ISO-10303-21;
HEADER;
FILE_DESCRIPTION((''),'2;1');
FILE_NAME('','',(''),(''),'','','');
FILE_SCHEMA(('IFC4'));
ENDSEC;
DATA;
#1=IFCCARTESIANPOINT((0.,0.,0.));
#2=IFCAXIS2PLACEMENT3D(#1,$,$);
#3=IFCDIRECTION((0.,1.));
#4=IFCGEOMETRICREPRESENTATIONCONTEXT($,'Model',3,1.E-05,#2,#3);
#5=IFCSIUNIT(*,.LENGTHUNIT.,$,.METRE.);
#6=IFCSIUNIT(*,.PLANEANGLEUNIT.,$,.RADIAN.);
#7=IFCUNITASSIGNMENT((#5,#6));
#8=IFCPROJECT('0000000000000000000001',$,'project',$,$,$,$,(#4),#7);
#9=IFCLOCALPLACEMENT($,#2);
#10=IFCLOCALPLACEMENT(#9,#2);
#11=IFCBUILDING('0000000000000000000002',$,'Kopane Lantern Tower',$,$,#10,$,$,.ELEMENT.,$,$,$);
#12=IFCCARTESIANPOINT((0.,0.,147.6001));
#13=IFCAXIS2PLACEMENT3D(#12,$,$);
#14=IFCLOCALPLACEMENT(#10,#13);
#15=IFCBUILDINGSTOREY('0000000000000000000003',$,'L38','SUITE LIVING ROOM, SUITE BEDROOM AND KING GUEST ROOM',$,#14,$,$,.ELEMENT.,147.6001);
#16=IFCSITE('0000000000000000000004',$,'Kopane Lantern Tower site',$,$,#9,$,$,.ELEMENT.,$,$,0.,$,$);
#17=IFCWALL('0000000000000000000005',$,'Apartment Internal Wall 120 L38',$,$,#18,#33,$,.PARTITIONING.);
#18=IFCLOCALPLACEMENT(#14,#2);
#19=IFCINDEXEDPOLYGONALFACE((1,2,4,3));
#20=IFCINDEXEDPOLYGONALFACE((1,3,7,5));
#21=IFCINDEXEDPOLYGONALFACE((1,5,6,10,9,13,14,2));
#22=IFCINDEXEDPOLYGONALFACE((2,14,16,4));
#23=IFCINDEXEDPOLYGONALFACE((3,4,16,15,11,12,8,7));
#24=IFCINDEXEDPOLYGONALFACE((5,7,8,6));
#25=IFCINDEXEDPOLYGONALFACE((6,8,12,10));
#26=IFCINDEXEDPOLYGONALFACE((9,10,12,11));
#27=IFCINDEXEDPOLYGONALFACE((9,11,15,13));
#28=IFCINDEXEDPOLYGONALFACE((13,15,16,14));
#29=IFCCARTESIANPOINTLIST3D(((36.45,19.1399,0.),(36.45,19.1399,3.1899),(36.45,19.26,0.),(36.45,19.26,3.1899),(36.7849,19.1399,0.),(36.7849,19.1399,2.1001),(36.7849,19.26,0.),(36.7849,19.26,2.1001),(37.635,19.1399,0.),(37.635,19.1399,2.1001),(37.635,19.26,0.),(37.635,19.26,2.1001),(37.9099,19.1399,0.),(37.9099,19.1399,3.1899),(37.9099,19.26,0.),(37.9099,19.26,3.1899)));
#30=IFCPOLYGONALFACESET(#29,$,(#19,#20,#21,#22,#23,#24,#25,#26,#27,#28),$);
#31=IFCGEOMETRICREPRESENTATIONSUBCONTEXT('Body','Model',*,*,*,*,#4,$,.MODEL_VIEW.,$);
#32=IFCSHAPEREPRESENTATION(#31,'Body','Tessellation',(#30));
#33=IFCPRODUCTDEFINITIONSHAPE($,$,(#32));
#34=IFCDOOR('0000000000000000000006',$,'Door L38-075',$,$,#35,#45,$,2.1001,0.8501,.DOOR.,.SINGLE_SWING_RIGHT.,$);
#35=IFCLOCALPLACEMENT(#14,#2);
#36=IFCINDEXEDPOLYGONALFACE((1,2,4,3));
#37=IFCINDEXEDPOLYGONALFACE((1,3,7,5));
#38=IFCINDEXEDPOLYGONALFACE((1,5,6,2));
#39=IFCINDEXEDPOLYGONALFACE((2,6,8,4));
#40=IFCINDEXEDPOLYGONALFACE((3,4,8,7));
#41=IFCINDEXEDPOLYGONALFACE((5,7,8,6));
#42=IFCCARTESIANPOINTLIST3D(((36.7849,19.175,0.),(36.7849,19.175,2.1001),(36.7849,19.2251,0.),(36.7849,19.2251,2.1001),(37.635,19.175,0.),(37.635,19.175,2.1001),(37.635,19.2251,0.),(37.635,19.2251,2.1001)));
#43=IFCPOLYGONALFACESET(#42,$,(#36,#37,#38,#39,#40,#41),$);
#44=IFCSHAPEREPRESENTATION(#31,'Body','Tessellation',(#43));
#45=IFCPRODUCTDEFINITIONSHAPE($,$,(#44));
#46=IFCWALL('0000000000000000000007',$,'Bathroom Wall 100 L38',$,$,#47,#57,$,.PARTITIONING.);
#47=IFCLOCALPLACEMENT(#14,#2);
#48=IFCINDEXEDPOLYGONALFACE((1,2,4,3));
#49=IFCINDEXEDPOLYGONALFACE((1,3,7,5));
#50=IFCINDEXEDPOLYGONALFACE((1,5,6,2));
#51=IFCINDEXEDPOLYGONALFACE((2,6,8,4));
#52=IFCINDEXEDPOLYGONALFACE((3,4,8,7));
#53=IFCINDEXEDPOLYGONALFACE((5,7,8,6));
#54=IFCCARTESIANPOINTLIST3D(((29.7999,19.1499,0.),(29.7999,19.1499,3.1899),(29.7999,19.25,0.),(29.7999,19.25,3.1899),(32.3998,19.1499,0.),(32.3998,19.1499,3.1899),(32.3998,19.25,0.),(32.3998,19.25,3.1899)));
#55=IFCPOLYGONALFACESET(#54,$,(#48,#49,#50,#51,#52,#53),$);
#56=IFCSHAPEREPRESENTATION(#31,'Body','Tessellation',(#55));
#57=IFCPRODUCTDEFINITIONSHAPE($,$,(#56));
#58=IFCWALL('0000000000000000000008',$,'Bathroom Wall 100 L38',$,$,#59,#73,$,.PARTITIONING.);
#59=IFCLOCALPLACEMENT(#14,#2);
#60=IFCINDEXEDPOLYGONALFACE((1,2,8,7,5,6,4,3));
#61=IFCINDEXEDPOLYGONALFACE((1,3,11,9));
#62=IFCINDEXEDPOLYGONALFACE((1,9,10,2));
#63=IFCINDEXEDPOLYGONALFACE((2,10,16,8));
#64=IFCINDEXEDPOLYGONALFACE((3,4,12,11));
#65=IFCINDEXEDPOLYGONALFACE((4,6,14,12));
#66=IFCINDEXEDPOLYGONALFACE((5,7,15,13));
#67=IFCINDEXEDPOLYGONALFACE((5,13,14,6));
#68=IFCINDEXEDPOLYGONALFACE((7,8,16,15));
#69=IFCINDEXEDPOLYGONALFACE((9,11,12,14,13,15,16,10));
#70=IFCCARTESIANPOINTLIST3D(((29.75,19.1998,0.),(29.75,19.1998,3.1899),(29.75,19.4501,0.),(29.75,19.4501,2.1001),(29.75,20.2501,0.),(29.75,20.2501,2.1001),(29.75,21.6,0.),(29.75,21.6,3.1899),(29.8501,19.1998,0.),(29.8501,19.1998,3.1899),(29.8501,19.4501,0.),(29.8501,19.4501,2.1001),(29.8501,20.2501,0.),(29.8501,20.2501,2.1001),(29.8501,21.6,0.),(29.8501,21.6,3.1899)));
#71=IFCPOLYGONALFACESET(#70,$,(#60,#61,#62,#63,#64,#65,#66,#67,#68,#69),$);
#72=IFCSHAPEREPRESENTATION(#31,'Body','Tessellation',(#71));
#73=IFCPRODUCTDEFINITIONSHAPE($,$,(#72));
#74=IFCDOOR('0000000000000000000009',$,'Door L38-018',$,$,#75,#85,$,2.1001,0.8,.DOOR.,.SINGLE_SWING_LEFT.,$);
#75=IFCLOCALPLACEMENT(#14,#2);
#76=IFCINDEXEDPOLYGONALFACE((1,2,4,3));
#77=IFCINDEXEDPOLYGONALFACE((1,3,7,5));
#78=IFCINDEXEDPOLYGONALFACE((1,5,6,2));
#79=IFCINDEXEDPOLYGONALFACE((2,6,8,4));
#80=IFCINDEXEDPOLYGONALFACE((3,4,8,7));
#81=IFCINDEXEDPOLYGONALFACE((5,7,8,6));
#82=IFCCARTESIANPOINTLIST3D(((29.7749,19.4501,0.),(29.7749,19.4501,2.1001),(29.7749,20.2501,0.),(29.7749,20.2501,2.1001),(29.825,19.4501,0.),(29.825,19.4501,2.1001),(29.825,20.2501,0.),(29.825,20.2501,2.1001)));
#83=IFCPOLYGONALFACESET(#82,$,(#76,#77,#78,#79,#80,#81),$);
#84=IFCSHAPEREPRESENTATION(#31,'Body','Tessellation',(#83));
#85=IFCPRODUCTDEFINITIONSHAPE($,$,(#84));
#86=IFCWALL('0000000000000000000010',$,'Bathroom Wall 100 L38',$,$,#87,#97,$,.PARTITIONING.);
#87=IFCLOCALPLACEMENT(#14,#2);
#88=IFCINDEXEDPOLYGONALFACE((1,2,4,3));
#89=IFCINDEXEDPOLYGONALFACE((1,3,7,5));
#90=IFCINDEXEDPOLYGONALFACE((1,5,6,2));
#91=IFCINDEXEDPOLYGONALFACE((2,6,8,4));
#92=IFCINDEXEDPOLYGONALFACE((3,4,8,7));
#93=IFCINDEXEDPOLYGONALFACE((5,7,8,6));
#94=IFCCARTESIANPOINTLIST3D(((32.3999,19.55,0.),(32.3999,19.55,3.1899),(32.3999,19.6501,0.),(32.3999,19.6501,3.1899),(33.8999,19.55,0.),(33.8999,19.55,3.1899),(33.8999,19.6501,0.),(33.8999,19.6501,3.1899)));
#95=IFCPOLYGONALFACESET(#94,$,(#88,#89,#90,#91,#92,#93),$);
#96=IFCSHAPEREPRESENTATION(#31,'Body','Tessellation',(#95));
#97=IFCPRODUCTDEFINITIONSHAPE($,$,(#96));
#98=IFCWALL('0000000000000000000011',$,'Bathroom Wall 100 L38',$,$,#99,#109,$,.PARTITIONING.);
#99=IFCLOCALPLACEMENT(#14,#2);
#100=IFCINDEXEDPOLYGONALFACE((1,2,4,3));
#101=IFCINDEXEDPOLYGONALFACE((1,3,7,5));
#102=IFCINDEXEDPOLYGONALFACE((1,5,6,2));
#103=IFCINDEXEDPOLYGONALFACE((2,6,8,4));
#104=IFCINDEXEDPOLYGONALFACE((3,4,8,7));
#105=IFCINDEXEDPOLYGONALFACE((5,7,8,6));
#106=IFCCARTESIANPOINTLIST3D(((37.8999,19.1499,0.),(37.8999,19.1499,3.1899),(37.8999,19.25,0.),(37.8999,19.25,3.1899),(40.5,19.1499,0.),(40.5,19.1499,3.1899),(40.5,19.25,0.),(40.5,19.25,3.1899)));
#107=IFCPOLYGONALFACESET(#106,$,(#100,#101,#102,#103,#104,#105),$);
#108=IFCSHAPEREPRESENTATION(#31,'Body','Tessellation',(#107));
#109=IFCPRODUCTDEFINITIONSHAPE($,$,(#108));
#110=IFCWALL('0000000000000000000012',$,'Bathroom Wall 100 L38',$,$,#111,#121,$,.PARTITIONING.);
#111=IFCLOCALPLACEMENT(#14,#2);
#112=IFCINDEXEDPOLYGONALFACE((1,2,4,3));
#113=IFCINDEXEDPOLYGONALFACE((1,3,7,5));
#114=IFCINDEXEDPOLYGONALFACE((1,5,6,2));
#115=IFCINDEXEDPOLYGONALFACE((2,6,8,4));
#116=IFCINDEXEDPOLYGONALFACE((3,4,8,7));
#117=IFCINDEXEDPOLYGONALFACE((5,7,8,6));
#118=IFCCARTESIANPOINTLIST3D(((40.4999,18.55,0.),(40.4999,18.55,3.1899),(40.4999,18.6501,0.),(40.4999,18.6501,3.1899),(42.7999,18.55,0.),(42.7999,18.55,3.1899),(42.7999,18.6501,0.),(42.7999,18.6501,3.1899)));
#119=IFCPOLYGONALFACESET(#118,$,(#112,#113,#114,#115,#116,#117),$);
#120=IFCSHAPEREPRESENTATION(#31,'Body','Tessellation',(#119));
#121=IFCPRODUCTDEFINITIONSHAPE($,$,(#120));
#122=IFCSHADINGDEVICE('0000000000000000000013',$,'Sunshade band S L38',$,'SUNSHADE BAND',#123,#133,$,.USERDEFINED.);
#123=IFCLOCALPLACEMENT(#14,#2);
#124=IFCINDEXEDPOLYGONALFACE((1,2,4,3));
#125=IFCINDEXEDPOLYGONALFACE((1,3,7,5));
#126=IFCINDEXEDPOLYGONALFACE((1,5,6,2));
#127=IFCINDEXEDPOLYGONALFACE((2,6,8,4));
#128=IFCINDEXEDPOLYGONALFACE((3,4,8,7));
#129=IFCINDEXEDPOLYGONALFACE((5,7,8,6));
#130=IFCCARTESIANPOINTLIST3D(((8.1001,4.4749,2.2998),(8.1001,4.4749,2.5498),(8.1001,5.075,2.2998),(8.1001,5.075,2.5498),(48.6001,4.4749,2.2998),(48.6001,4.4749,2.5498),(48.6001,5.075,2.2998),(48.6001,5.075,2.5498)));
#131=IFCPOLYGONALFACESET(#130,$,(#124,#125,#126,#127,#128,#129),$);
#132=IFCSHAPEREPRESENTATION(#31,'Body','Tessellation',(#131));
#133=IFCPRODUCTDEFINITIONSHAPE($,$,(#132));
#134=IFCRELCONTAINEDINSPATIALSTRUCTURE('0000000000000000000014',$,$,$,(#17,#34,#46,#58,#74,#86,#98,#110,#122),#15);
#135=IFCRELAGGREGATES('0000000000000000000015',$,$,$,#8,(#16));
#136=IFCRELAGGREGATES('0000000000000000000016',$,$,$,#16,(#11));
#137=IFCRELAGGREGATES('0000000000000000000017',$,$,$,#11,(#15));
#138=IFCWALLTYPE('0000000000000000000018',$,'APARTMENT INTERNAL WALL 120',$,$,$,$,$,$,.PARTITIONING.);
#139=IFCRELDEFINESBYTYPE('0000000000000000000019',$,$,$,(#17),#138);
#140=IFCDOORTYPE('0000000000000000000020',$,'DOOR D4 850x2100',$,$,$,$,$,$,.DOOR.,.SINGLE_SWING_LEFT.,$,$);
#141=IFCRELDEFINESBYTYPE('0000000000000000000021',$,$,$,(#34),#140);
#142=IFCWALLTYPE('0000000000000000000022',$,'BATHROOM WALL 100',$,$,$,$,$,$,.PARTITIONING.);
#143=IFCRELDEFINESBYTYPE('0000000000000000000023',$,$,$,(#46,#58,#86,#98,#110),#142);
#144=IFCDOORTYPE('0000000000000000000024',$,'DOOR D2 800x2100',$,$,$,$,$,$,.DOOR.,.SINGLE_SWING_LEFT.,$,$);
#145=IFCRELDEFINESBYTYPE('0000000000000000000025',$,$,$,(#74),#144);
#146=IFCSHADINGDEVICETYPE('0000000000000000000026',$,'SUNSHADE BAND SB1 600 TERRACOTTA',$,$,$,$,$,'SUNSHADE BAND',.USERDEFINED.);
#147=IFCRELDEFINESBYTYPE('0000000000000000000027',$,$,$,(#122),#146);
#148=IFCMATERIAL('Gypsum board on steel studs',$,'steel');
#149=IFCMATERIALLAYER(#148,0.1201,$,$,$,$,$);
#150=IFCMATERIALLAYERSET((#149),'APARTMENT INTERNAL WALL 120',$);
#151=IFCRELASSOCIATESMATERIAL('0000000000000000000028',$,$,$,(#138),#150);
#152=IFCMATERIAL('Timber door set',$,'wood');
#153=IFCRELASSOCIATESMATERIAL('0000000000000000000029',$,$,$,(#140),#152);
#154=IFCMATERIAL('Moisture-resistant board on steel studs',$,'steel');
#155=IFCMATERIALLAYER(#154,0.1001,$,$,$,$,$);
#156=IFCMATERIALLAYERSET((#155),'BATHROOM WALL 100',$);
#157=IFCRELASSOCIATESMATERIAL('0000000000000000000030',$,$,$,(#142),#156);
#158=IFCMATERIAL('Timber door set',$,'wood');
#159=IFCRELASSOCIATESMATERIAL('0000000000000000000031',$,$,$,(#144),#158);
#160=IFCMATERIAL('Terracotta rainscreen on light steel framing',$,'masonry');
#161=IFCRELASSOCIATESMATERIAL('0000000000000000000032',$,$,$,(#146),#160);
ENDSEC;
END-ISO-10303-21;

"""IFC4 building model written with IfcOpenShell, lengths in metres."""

from ifc_helpers import new_model, si_unit, direction, frame, frame_2d, origin, origin_2d, place, context, subcontext, project, spatial, rectangle, extrude, material, layer, layer_set, type_object, element, fill, save


model = new_model("IFC4")

# Units and contexts
model_context = context("Model", 3, precision=1e-05, world=origin(), true_north=direction((0.0, 1.0)))
body_context = subcontext(model_context, "Body", "Model", "MODEL_VIEW")
ifc_project = project(units=[si_unit("LENGTHUNIT", "METRE"), si_unit("PLANEANGLEUNIT", "RADIAN")], contexts=[model_context])

# Site, building, storey
site_placement = place(None, origin())
site = spatial("IfcSite", under=ifc_project, at=site_placement, Name="Kopane Lantern Tower site", CompositionType="ELEMENT", RefElevation=0.0)
building_placement = place(site_placement, origin())
building = spatial("IfcBuilding", under=site, at=building_placement, Name="Kopane Lantern Tower", CompositionType="ELEMENT")
storey_placement = place(building_placement, frame((0.0, 0.0, 147.6001)))
storey = spatial("IfcBuildingStorey", under=building, at=storey_placement, Name="L38", Description="SUITE LIVING ROOM, SUITE BEDROOM AND KING GUEST ROOM", CompositionType="ELEMENT", Elevation=147.6001)

# Wall, opening, door
ifc_material_1 = material(Name="Gypsum board on steel studs", Category="steel")
ifc_layer_1 = layer(ifc_material_1, 0.1201)
ifc_layer_set_1 = layer_set([ifc_layer_1], Name="APARTMENT INTERNAL WALL 120")
wall_type_1 = type_object("IfcWallType", Name="APARTMENT INTERNAL WALL 120", PredefinedType="PARTITIONING", material=ifc_layer_set_1)
ifc_material_2 = material(Name="Timber door set", Category="wood")
door_type_1 = type_object("IfcDoorType", Name="DOOR D4 850x2100", OperationType="SINGLE_SWING_LEFT", PredefinedType="DOOR", material=ifc_material_2)
wall_1_placement = place(storey_placement, frame((37.9099, 19.2, 0.0), z_axis=(0.0, 0.0, 1.0), x_axis=(-1.0, 0.0, 0.0)))
wall_1 = element("IfcWall", 1, at=wall_1_placement, inside=storey, type_object=wall_type_1, Name="Apartment Internal Wall 120 L38", PredefinedType="PARTITIONING", context=body_context, shape_type="SweptSolid", body=[
    extrude(rectangle(XDim=1.46, YDim=0.1201, at=frame_2d((0.73, 0.0))), origin(), (0.0, 0.0, 1.0), 3.1899),
])
opening_1_placement = place(wall_1_placement, frame((0.2749, 0.0, 0.0)))
opening_1 = element("IfcOpeningElement", 2, at=opening_1_placement, cuts=wall_1, PredefinedType="OPENING", context=body_context, shape_type="SweptSolid", body=[
    extrude(rectangle(XDim=0.8501, YDim=2.1001, at=frame_2d((0.425, 1.05))), frame((0.0, 0.0701, 0.0), z_axis=(0.0, -1.0, 0.0), x_axis=(1.0, 0.0, 0.0)), (0.0, 0.0, 1.0), 0.1401),
])
door_1_placement = place(opening_1_placement, origin())
door_1 = element("IfcDoor", 3, at=door_1_placement, inside=storey, type_object=door_type_1, Name="Door L38-075", OperationType="SINGLE_SWING_RIGHT", OverallHeight=2.1001, OverallWidth=0.8501, PredefinedType="DOOR", context=body_context, shape_type="SweptSolid", body=[
    extrude(rectangle(XDim=0.8501, YDim=2.1001, at=frame_2d((0.425, 1.05))), frame((0.0, 0.0249, 0.0), z_axis=(0.0, -1.0, 0.0), x_axis=(1.0, 0.0, 0.0)), (0.0, 0.0, 1.0), 0.05),
])
fill(opening_1, door_1)

# Wall
ifc_material_3 = material(Name="Moisture-resistant board on steel studs", Category="steel")
ifc_layer_2 = layer(ifc_material_3, 0.1001)
ifc_layer_set_2 = layer_set([ifc_layer_2], Name="BATHROOM WALL 100")
wall_type_2 = type_object("IfcWallType", Name="BATHROOM WALL 100", PredefinedType="PARTITIONING", material=ifc_layer_set_2)
wall_2_placement = place(storey_placement, frame((29.8, 19.2, 0.0), z_axis=(0.0, 0.0, 1.0), x_axis=(1.0, 0.0, 0.0)))
element("IfcWall", 4, at=wall_2_placement, inside=storey, type_object=wall_type_2, Name="Bathroom Wall 100 L38", PredefinedType="PARTITIONING", context=body_context, shape_type="SweptSolid", body=[
    extrude(rectangle(XDim=2.5999, YDim=0.1001, at=frame_2d((1.2998, 0.0))), origin(), (0.0, 0.0, 1.0), 3.1899),
])

# Wall, opening, door
wall_3_placement = place(storey_placement, frame((29.8, 21.6001, 0.0), z_axis=(0.0, 0.0, 1.0), x_axis=(0.0, -1.0, 0.0)))
wall_3 = element("IfcWall", 5, at=wall_3_placement, inside=storey, type_object=wall_type_2, Name="Bathroom Wall 100 L38", PredefinedType="PARTITIONING", context=body_context, shape_type="SweptSolid", body=[
    extrude(rectangle(XDim=2.4001, YDim=0.1001, at=frame_2d((1.2002, 0.0))), origin(), (0.0, 0.0, 1.0), 3.1899),
])
opening_2_placement = place(wall_3_placement, frame((1.3501, 0.0, 0.0)))
opening_2 = element("IfcOpeningElement", 6, at=opening_2_placement, cuts=wall_3, PredefinedType="OPENING", context=body_context, shape_type="SweptSolid", body=[
    extrude(rectangle(XDim=0.8, YDim=2.1001, at=frame_2d((0.3999, 1.05))), frame((0.0, 0.0601, 0.0), z_axis=(0.0, -1.0, 0.0), x_axis=(1.0, 0.0, 0.0)), (0.0, 0.0, 1.0), 0.1201),
])
ifc_material_4 = material(Name="Timber door set", Category="wood")
door_type_2 = type_object("IfcDoorType", Name="DOOR D2 800x2100", OperationType="SINGLE_SWING_LEFT", PredefinedType="DOOR", material=ifc_material_4)
door_2_placement = place(opening_2_placement, origin())
door_2 = element("IfcDoor", 7, at=door_2_placement, inside=storey, type_object=door_type_2, Name="Door L38-018", OperationType="SINGLE_SWING_LEFT", OverallHeight=2.1001, OverallWidth=0.8, PredefinedType="DOOR", context=body_context, shape_type="SweptSolid", body=[
    extrude(rectangle(XDim=0.8, YDim=2.1001, at=frame_2d((0.3999, 1.05))), frame((0.0, 0.0249, 0.0), z_axis=(0.0, -1.0, 0.0), x_axis=(1.0, 0.0, 0.0)), (0.0, 0.0, 1.0), 0.05),
])
fill(opening_2, door_2)

# Walls
wall_4_placement = place(storey_placement, frame((32.3999, 19.6001, 0.0), z_axis=(0.0, 0.0, 1.0), x_axis=(1.0, 0.0, 0.0)))
element("IfcWall", 8, at=wall_4_placement, inside=storey, type_object=wall_type_2, Name="Bathroom Wall 100 L38", PredefinedType="PARTITIONING", context=body_context, shape_type="SweptSolid", body=[
    extrude(rectangle(XDim=1.5, YDim=0.1001, at=frame_2d((0.75, 0.0))), origin(), (0.0, 0.0, 1.0), 3.1899),
])
wall_5_placement = place(storey_placement, frame((37.8999, 19.2, 0.0), z_axis=(0.0, 0.0, 1.0), x_axis=(1.0, 0.0, 0.0)))
element("IfcWall", 9, at=wall_5_placement, inside=storey, type_object=wall_type_2, Name="Bathroom Wall 100 L38", PredefinedType="PARTITIONING", context=body_context, shape_type="SweptSolid", body=[
    extrude(rectangle(XDim=2.6001, YDim=0.1001, at=frame_2d((1.3, 0.0))), origin(), (0.0, 0.0, 1.0), 3.1899),
])
wall_6_placement = place(storey_placement, frame((40.5, 18.6001, 0.0), z_axis=(0.0, 0.0, 1.0), x_axis=(1.0, 0.0, 0.0)))
element("IfcWall", 10, at=wall_6_placement, inside=storey, type_object=wall_type_2, Name="Bathroom Wall 100 L38", PredefinedType="PARTITIONING", context=body_context, shape_type="SweptSolid", body=[
    extrude(rectangle(XDim=2.3, YDim=0.1001, at=frame_2d((1.1499, 0.0))), origin(), (0.0, 0.0, 1.0), 3.1899),
])

# Shading device
ifc_material_5 = material(Name="Terracotta rainscreen on light steel framing", Category="masonry")
shading_device_type = type_object("IfcShadingDeviceType", Name="SUNSHADE BAND SB1 600 TERRACOTTA", ElementType="SUNSHADE BAND", PredefinedType="USERDEFINED", material=ifc_material_5)
shading_device_placement = place(storey_placement, frame((28.3501, 4.7749, 2.2998), z_axis=(0.0, 0.0, 1.0), x_axis=(1.0, 0.0, 0.0)))
element("IfcShadingDevice", 11, at=shading_device_placement, inside=storey, type_object=shading_device_type, Name="Sunshade band S L38", ObjectType="SUNSHADE BAND", PredefinedType="USERDEFINED", context=body_context, shape_type="SweptSolid", body=[
    extrude(rectangle(XDim=40.5, YDim=0.6001, at=origin_2d()), origin(), (0.0, 0.0, 1.0), 0.25),
])

save(model, "model.ifc")
